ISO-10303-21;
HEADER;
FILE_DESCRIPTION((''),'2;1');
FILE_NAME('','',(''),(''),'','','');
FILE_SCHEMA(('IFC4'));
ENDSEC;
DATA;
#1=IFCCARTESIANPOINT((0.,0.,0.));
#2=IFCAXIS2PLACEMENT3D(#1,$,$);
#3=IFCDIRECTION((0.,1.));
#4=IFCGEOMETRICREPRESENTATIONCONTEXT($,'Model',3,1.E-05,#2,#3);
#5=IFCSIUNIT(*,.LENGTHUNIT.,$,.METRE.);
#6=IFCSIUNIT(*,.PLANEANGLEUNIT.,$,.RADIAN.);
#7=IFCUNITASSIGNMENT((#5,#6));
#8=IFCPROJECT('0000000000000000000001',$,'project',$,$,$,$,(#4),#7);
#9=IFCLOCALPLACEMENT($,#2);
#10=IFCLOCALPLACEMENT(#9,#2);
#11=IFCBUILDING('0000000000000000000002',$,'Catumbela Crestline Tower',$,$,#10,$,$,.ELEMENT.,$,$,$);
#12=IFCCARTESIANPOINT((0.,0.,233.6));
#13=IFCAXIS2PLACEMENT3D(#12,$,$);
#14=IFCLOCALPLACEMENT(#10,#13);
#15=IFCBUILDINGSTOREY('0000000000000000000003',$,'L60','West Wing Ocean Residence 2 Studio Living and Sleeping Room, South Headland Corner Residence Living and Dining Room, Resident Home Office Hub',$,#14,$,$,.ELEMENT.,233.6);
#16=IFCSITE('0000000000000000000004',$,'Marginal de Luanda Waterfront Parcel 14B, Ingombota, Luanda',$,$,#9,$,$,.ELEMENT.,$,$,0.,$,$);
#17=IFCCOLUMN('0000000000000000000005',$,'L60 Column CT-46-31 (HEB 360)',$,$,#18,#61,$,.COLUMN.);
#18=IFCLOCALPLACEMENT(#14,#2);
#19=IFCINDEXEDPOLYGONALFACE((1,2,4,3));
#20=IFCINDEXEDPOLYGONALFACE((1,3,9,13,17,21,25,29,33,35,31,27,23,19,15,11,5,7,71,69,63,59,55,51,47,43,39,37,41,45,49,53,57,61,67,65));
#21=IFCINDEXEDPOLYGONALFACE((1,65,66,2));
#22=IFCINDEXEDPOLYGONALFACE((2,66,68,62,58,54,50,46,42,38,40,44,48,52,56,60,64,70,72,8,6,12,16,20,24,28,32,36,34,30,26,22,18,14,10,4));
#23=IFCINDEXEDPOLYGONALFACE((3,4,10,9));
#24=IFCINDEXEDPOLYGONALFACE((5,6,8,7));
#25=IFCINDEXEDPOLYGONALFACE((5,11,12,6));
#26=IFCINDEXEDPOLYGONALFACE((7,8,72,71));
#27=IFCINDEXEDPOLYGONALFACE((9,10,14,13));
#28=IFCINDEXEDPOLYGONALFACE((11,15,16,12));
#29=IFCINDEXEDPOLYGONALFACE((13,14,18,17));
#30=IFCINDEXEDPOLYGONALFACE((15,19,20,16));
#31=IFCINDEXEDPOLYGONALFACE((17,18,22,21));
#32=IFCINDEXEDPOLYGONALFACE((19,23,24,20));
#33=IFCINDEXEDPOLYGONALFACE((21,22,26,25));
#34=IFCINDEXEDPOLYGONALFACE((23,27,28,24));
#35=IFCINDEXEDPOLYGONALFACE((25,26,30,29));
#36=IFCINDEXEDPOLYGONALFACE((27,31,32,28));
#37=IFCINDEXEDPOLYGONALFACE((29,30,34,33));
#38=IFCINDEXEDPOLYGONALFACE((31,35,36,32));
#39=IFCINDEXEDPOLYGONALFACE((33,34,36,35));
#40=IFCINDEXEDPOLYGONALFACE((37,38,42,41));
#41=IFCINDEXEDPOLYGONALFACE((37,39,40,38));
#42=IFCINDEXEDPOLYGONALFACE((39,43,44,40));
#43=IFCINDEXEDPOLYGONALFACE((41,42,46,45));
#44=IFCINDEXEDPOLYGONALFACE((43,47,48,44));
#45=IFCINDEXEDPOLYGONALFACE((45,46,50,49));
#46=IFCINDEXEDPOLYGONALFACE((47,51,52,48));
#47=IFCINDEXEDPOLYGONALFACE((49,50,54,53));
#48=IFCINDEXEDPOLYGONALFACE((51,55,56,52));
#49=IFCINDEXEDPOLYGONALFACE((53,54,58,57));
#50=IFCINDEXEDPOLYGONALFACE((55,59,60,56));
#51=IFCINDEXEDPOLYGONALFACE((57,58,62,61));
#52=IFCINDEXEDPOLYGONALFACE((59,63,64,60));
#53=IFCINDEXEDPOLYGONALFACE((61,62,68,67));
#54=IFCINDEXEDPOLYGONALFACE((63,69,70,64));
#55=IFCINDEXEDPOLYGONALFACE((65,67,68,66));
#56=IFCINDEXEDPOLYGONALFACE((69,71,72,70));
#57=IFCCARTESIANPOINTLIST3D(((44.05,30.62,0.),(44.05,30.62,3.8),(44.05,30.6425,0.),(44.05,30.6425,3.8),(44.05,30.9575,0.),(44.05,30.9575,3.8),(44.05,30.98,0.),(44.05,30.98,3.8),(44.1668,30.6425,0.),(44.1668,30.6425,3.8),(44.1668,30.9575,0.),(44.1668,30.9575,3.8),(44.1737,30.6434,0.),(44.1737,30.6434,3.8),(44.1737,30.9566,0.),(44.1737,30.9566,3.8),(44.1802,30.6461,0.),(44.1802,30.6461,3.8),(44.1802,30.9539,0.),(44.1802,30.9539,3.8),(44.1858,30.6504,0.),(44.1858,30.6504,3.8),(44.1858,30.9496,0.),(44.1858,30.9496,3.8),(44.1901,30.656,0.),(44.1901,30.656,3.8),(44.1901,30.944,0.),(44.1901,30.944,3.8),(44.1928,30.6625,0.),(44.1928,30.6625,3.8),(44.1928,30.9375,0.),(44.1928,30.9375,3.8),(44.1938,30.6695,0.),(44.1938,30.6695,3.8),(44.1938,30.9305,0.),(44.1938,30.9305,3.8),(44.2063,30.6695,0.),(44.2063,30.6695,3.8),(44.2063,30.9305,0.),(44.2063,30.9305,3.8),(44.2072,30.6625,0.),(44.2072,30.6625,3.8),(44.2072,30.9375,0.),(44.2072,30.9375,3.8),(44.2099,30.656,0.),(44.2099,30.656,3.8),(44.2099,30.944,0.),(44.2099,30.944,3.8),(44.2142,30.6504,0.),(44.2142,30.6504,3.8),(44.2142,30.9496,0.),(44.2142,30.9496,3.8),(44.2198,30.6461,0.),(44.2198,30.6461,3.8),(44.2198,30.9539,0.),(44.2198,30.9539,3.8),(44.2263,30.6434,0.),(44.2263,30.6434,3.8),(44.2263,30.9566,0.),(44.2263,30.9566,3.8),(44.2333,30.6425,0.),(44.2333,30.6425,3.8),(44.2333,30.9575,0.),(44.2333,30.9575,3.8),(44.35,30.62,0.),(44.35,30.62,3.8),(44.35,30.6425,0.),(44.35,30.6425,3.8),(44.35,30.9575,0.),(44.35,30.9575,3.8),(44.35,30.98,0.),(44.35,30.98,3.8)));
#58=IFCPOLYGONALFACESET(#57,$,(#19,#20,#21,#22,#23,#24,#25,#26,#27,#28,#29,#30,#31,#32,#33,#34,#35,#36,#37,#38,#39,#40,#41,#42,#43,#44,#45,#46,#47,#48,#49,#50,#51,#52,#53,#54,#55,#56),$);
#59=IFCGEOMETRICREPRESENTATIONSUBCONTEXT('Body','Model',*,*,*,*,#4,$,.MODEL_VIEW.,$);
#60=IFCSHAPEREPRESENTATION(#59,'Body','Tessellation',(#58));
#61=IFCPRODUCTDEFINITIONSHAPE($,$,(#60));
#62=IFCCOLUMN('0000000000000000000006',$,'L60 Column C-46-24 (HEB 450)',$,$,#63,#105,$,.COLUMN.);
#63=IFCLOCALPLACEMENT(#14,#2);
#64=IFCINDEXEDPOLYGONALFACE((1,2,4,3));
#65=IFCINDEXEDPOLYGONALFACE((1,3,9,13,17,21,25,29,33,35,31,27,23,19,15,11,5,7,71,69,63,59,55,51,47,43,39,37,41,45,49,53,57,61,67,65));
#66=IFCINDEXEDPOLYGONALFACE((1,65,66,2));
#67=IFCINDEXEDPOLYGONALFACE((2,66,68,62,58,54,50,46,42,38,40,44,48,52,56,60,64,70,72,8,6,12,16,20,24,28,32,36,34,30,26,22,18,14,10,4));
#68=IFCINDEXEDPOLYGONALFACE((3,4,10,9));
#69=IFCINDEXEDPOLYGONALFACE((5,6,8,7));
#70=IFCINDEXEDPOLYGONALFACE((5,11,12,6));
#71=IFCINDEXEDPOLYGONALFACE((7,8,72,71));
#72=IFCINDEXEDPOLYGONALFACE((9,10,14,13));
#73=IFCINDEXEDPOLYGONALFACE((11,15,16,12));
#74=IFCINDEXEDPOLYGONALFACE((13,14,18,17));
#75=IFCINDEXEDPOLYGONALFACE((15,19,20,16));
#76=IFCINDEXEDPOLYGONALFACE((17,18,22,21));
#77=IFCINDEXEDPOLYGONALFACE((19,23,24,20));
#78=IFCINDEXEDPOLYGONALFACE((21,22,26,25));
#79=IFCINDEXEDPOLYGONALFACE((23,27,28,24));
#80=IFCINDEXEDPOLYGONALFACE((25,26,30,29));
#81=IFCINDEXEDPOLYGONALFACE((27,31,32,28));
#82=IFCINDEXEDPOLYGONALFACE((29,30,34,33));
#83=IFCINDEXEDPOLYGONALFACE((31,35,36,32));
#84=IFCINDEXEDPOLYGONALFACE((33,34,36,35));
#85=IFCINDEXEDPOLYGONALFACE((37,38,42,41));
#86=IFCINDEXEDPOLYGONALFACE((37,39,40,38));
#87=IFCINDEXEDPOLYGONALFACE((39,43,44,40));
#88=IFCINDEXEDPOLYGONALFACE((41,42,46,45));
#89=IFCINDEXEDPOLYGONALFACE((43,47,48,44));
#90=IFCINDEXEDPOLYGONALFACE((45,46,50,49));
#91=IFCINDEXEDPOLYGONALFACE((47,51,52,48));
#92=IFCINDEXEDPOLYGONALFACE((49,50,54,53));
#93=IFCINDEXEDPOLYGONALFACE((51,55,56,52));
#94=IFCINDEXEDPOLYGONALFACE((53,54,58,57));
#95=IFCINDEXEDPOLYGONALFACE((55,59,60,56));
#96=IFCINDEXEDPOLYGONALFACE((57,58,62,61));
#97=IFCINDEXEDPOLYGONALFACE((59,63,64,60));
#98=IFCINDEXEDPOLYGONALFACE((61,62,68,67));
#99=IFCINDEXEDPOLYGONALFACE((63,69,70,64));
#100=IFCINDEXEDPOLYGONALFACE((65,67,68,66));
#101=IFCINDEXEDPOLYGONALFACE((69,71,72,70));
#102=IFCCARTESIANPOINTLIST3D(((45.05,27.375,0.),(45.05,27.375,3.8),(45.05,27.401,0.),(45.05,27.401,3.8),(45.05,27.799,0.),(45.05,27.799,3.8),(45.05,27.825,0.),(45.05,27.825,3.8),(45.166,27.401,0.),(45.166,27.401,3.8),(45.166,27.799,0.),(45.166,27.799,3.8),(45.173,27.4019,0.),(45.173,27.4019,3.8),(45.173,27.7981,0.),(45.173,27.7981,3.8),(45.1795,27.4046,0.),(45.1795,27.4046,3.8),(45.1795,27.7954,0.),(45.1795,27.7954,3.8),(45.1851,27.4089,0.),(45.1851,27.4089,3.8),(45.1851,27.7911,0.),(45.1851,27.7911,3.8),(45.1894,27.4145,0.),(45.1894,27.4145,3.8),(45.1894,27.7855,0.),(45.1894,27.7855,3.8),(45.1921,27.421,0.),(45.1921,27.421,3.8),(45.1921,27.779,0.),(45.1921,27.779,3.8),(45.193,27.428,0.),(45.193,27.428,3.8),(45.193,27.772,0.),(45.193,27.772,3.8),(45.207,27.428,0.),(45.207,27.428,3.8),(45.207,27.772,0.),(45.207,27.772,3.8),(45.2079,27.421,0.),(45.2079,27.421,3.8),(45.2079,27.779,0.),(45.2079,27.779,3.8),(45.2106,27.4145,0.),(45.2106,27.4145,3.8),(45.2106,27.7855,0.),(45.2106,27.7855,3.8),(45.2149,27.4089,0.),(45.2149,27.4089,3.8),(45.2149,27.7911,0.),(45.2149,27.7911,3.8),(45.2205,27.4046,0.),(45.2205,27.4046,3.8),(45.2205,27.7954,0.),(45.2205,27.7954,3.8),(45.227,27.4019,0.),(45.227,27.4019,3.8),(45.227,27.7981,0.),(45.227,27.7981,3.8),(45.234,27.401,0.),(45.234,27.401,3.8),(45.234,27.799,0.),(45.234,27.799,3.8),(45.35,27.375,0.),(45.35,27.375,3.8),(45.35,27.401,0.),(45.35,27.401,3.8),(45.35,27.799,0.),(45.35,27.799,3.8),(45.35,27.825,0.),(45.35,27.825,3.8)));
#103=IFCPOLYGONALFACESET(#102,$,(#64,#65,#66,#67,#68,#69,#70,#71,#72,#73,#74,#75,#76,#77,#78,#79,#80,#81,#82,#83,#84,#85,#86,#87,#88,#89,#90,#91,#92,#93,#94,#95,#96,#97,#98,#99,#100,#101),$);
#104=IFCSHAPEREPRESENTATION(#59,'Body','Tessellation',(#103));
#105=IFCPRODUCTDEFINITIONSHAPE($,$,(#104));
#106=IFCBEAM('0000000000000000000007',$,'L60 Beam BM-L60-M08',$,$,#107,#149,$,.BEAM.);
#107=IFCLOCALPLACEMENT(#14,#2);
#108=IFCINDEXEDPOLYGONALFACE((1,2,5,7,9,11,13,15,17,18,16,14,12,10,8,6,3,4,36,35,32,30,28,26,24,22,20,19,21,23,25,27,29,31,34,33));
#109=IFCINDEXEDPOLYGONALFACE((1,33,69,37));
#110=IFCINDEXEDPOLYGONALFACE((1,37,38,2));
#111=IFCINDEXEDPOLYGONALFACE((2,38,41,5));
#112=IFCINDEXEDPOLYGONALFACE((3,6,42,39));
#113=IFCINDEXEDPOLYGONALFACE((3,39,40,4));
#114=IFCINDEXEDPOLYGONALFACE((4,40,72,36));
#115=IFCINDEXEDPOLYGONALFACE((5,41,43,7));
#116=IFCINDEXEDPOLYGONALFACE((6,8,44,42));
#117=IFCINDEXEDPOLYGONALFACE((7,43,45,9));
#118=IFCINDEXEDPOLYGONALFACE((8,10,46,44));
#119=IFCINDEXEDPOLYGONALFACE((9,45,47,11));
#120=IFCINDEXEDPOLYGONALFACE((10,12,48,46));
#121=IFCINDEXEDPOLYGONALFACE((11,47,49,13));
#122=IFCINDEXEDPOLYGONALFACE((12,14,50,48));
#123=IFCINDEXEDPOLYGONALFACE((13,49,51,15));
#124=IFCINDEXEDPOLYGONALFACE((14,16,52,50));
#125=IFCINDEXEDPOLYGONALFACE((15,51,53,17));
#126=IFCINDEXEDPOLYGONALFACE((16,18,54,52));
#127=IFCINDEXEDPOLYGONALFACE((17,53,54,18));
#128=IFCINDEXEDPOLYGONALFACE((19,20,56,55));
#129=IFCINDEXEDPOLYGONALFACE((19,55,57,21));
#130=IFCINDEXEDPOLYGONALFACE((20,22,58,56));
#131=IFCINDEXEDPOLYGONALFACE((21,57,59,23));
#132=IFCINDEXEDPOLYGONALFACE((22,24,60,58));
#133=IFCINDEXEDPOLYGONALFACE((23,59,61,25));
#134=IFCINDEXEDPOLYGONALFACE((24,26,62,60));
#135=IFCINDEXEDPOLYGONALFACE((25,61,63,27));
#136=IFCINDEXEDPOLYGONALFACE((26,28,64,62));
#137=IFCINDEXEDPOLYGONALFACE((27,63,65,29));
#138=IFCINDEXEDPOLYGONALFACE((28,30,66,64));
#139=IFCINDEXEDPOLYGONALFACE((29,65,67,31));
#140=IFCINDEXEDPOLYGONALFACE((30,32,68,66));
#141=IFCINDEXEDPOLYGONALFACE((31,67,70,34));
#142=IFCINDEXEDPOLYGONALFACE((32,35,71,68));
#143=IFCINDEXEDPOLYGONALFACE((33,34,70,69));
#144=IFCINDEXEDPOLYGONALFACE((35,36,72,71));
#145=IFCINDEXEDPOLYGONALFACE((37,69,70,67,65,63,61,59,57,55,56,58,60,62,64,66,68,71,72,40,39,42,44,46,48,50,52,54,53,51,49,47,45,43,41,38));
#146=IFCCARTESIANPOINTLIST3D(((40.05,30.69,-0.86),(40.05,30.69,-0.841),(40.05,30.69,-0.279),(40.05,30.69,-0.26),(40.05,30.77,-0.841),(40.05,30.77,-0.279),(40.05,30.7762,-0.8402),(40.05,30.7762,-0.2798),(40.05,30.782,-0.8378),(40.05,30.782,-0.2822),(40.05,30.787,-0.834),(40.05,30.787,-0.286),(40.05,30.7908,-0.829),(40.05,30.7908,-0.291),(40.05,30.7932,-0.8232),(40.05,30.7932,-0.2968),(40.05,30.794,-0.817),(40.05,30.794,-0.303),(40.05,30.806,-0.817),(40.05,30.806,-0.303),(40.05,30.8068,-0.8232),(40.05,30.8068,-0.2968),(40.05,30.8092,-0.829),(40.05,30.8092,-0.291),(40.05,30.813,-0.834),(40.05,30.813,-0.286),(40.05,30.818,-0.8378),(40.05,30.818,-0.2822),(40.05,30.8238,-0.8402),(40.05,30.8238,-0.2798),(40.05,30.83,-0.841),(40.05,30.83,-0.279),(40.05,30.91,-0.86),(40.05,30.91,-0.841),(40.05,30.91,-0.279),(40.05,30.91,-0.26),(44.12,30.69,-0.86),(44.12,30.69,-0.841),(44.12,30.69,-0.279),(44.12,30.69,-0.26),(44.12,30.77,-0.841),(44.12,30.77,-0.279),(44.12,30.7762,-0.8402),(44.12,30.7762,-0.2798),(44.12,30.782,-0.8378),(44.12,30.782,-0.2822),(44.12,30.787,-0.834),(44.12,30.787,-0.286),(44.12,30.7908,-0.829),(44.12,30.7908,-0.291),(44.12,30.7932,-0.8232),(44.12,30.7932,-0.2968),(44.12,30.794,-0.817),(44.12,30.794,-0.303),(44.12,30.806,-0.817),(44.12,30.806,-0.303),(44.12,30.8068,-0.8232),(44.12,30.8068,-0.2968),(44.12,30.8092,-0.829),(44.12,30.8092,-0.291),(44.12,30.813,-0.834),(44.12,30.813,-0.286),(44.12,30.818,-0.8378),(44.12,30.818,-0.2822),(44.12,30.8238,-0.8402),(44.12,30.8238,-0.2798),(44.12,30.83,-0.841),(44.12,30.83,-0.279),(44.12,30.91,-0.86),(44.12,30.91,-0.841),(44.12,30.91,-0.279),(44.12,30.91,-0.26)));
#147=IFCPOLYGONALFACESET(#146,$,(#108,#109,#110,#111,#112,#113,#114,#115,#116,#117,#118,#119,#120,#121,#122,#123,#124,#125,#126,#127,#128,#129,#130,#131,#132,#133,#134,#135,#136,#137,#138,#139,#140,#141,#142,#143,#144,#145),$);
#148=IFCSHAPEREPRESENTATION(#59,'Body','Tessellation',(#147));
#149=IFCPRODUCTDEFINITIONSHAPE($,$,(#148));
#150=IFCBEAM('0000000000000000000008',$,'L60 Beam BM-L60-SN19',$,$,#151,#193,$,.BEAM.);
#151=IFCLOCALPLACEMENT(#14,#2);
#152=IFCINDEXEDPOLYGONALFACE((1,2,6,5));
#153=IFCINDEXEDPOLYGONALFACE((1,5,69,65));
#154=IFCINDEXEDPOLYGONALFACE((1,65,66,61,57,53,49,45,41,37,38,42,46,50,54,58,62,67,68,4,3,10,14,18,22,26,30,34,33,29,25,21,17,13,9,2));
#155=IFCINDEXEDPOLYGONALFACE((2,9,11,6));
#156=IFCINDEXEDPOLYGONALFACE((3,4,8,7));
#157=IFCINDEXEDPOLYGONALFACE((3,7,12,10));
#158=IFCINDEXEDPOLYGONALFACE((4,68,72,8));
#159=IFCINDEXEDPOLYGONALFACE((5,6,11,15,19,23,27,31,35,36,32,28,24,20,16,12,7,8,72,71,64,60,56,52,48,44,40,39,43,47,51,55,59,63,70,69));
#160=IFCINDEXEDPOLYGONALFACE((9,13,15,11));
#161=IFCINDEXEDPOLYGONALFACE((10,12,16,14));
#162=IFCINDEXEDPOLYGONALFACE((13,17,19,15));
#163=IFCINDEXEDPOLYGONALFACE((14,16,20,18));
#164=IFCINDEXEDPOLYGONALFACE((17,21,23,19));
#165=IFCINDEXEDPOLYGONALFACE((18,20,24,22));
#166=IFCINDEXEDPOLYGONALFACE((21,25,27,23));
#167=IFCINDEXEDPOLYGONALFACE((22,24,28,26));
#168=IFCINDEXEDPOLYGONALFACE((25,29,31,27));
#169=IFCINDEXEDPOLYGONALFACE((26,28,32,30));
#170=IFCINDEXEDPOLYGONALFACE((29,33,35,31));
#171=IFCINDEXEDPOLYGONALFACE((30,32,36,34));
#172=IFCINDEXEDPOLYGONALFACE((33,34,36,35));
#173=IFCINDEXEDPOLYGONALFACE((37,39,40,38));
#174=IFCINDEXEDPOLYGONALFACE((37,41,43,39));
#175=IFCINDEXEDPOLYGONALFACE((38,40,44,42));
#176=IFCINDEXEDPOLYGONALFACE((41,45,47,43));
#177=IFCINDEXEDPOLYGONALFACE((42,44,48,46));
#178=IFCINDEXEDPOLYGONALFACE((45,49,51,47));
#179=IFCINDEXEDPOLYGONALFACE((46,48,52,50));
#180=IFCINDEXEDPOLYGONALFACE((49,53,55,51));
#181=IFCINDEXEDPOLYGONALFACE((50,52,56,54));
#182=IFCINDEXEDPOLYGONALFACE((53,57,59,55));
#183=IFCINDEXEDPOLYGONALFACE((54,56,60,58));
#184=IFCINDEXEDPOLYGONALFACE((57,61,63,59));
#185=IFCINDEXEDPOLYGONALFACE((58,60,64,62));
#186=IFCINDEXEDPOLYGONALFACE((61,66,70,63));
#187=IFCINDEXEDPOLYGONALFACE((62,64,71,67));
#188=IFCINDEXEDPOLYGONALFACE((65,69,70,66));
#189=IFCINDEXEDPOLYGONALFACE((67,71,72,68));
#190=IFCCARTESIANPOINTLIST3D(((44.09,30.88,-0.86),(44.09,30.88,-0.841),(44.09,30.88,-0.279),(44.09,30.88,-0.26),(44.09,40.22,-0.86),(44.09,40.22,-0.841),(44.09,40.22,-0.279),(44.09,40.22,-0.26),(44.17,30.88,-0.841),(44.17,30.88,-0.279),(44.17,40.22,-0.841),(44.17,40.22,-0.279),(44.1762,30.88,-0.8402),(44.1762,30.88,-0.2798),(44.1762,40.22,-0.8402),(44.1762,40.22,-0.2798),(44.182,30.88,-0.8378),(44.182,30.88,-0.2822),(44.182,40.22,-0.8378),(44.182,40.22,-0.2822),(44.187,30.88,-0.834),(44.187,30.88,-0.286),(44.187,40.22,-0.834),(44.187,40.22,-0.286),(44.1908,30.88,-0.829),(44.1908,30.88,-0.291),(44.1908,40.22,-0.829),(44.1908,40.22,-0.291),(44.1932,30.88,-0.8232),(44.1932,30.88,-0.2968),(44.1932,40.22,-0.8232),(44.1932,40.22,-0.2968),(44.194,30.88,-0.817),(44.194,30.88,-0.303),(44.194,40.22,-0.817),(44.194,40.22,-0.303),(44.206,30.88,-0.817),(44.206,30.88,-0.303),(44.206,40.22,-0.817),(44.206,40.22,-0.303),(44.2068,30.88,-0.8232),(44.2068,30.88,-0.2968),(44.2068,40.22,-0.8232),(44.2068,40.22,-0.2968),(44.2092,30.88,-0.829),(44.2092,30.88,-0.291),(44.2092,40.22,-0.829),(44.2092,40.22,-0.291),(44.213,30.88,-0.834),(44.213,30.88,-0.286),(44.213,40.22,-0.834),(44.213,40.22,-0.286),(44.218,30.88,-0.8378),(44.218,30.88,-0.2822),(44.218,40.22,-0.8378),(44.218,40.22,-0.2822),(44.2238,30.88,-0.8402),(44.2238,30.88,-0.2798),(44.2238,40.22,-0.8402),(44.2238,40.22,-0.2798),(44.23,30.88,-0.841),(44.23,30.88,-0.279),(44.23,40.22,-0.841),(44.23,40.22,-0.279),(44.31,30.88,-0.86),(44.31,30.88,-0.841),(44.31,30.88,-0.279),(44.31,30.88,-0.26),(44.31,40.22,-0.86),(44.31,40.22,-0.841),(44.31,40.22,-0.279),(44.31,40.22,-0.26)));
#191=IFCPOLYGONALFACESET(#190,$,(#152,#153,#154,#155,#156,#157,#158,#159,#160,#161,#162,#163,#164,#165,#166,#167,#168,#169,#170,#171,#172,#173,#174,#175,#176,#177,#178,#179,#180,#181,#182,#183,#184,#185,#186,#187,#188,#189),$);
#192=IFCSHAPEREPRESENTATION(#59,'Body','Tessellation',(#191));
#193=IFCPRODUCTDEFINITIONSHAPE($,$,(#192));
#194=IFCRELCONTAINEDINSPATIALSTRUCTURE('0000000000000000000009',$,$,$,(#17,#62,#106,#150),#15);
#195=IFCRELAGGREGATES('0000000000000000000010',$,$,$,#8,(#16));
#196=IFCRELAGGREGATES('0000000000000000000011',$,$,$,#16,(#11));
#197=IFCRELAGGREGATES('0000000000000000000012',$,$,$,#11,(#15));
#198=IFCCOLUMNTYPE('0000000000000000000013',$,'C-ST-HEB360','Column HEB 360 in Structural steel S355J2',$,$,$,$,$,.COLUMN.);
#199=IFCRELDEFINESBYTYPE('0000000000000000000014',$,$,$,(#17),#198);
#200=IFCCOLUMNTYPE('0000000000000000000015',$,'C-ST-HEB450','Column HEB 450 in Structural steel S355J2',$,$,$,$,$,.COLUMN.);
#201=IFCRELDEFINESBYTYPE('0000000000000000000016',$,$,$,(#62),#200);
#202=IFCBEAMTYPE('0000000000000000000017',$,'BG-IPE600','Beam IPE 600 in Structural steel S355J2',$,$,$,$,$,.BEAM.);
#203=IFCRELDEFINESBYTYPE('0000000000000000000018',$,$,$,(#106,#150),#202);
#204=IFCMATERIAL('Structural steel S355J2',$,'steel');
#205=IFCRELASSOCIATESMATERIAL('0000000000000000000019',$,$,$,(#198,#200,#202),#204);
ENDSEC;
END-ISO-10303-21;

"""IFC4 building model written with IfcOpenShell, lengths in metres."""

from ifc_helpers import new_model, si_unit, direction, frame, origin, origin_2d, place, context, subcontext, project, spatial, i_section, extrude, material, material_profile, profile_set, type_object, element, save


model = new_model("IFC4")

# Units and contexts
model_context = context("Model", 3, precision=1e-05, world=origin(), true_north=direction((0.0, 1.0)))
body_context = subcontext(model_context, "Body", "Model", "MODEL_VIEW")
ifc_project = project(units=[si_unit("LENGTHUNIT", "METRE"), si_unit("PLANEANGLEUNIT", "RADIAN")], contexts=[model_context])

# Site, building, storey
site_placement = place(None, origin())
site = spatial("IfcSite", under=ifc_project, at=site_placement, Name="Marginal de Luanda Waterfront Parcel 14B, Ingombota, Luanda", CompositionType="ELEMENT", RefElevation=0.0)
building_placement = place(site_placement, origin())
building = spatial("IfcBuilding", under=site, at=building_placement, Name="Catumbela Crestline Tower", CompositionType="ELEMENT")
storey_placement = place(building_placement, frame((0.0, 0.0, 233.6)))
storey = spatial("IfcBuildingStorey", under=building, at=storey_placement, Name="L60", Description="West Wing Ocean Residence 2 Studio Living and Sleeping Room, South Headland Corner Residence Living and Dining Room, Resident Home Office Hub", CompositionType="ELEMENT", Elevation=233.6)

# Columns
ifc_material_1 = material(Name="Structural steel S355J2", Category="steel")
ifc_material_profile_1 = material_profile(ifc_material_1, i_section(OverallWidth=0.3, OverallDepth=0.36, WebThickness=0.0125, FlangeThickness=0.0225, FilletRadius=0.027, at=origin_2d()), Name="HEB 360")
ifc_profile_set_1 = profile_set([ifc_material_profile_1], Name="Structural steel S355J2")
column_type_1 = type_object("IfcColumnType", Name="C-ST-HEB360", Description="Column HEB 360 in Structural steel S355J2", PredefinedType="COLUMN", material=ifc_profile_set_1)
column_1_placement = place(storey_placement, frame((44.2, 30.8, 0.0), z_axis=(0.0, 0.0, 1.0), x_axis=(1.0, 0.0, 0.0)))
element("IfcColumn", 1, at=column_1_placement, inside=storey, type_object=column_type_1, Name="L60 Column CT-46-31 (HEB 360)", PredefinedType="COLUMN", context=body_context, shape_type="SweptSolid", body=[
    extrude(i_section(OverallWidth=0.3, OverallDepth=0.36, WebThickness=0.0125, FlangeThickness=0.0225, FilletRadius=0.027, at=origin_2d()), origin(), (0.0, 0.0, 1.0), 3.8),
])
ifc_material_profile_2 = material_profile(ifc_material_1, i_section(OverallWidth=0.3, OverallDepth=0.45, WebThickness=0.014, FlangeThickness=0.026, FilletRadius=0.027, at=origin_2d()), Name="HEB 450")
ifc_profile_set_2 = profile_set([ifc_material_profile_2], Name="Structural steel S355J2")
column_type_2 = type_object("IfcColumnType", Name="C-ST-HEB450", Description="Column HEB 450 in Structural steel S355J2", PredefinedType="COLUMN", material=ifc_profile_set_2)
column_2_placement = place(storey_placement, frame((45.2, 27.6, 0.0), z_axis=(0.0, 0.0, 1.0), x_axis=(1.0, 0.0, 0.0)))
element("IfcColumn", 2, at=column_2_placement, inside=storey, type_object=column_type_2, Name="L60 Column C-46-24 (HEB 450)", PredefinedType="COLUMN", context=body_context, shape_type="SweptSolid", body=[
    extrude(i_section(OverallWidth=0.3, OverallDepth=0.45, WebThickness=0.014, FlangeThickness=0.026, FilletRadius=0.027, at=origin_2d()), origin(), (0.0, 0.0, 1.0), 3.8),
])

# Beams
ifc_material_profile_3 = material_profile(ifc_material_1, i_section(OverallWidth=0.22, OverallDepth=0.6, WebThickness=0.012, FlangeThickness=0.019, FilletRadius=0.024, at=origin_2d()), Name="IPE 600")
ifc_profile_set_3 = profile_set([ifc_material_profile_3], Name="Structural steel S355J2")
beam_type_1 = type_object("IfcBeamType", Name="BG-IPE600", Description="Beam IPE 600 in Structural steel S355J2", PredefinedType="BEAM", material=ifc_profile_set_3)
beam_1_placement = place(storey_placement, frame((40.05, 30.8, -0.56), z_axis=(1.0, 0.0, 0.0), x_axis=(0.0, 1.0, 0.0)))
element("IfcBeam", 3, at=beam_1_placement, inside=storey, type_object=beam_type_1, Name="L60 Beam BM-L60-M08", PredefinedType="BEAM", context=body_context, shape_type="SweptSolid", body=[
    extrude(i_section(OverallWidth=0.22, OverallDepth=0.6, WebThickness=0.012, FlangeThickness=0.019, FilletRadius=0.024, at=origin_2d()), origin(), (0.0, 0.0, 1.0), 4.07),
])
beam_2_placement = place(storey_placement, frame((44.2, 30.88, -0.56), z_axis=(0.0, 1.0, 0.0), x_axis=(-1.0, 0.0, 0.0)))
element("IfcBeam", 4, at=beam_2_placement, inside=storey, type_object=beam_type_1, Name="L60 Beam BM-L60-SN19", PredefinedType="BEAM", context=body_context, shape_type="SweptSolid", body=[
    extrude(i_section(OverallWidth=0.22, OverallDepth=0.6, WebThickness=0.012, FlangeThickness=0.019, FilletRadius=0.024, at=origin_2d()), origin(), (0.0, 0.0, 1.0), 9.34),
])

save(model, "model.ifc")
